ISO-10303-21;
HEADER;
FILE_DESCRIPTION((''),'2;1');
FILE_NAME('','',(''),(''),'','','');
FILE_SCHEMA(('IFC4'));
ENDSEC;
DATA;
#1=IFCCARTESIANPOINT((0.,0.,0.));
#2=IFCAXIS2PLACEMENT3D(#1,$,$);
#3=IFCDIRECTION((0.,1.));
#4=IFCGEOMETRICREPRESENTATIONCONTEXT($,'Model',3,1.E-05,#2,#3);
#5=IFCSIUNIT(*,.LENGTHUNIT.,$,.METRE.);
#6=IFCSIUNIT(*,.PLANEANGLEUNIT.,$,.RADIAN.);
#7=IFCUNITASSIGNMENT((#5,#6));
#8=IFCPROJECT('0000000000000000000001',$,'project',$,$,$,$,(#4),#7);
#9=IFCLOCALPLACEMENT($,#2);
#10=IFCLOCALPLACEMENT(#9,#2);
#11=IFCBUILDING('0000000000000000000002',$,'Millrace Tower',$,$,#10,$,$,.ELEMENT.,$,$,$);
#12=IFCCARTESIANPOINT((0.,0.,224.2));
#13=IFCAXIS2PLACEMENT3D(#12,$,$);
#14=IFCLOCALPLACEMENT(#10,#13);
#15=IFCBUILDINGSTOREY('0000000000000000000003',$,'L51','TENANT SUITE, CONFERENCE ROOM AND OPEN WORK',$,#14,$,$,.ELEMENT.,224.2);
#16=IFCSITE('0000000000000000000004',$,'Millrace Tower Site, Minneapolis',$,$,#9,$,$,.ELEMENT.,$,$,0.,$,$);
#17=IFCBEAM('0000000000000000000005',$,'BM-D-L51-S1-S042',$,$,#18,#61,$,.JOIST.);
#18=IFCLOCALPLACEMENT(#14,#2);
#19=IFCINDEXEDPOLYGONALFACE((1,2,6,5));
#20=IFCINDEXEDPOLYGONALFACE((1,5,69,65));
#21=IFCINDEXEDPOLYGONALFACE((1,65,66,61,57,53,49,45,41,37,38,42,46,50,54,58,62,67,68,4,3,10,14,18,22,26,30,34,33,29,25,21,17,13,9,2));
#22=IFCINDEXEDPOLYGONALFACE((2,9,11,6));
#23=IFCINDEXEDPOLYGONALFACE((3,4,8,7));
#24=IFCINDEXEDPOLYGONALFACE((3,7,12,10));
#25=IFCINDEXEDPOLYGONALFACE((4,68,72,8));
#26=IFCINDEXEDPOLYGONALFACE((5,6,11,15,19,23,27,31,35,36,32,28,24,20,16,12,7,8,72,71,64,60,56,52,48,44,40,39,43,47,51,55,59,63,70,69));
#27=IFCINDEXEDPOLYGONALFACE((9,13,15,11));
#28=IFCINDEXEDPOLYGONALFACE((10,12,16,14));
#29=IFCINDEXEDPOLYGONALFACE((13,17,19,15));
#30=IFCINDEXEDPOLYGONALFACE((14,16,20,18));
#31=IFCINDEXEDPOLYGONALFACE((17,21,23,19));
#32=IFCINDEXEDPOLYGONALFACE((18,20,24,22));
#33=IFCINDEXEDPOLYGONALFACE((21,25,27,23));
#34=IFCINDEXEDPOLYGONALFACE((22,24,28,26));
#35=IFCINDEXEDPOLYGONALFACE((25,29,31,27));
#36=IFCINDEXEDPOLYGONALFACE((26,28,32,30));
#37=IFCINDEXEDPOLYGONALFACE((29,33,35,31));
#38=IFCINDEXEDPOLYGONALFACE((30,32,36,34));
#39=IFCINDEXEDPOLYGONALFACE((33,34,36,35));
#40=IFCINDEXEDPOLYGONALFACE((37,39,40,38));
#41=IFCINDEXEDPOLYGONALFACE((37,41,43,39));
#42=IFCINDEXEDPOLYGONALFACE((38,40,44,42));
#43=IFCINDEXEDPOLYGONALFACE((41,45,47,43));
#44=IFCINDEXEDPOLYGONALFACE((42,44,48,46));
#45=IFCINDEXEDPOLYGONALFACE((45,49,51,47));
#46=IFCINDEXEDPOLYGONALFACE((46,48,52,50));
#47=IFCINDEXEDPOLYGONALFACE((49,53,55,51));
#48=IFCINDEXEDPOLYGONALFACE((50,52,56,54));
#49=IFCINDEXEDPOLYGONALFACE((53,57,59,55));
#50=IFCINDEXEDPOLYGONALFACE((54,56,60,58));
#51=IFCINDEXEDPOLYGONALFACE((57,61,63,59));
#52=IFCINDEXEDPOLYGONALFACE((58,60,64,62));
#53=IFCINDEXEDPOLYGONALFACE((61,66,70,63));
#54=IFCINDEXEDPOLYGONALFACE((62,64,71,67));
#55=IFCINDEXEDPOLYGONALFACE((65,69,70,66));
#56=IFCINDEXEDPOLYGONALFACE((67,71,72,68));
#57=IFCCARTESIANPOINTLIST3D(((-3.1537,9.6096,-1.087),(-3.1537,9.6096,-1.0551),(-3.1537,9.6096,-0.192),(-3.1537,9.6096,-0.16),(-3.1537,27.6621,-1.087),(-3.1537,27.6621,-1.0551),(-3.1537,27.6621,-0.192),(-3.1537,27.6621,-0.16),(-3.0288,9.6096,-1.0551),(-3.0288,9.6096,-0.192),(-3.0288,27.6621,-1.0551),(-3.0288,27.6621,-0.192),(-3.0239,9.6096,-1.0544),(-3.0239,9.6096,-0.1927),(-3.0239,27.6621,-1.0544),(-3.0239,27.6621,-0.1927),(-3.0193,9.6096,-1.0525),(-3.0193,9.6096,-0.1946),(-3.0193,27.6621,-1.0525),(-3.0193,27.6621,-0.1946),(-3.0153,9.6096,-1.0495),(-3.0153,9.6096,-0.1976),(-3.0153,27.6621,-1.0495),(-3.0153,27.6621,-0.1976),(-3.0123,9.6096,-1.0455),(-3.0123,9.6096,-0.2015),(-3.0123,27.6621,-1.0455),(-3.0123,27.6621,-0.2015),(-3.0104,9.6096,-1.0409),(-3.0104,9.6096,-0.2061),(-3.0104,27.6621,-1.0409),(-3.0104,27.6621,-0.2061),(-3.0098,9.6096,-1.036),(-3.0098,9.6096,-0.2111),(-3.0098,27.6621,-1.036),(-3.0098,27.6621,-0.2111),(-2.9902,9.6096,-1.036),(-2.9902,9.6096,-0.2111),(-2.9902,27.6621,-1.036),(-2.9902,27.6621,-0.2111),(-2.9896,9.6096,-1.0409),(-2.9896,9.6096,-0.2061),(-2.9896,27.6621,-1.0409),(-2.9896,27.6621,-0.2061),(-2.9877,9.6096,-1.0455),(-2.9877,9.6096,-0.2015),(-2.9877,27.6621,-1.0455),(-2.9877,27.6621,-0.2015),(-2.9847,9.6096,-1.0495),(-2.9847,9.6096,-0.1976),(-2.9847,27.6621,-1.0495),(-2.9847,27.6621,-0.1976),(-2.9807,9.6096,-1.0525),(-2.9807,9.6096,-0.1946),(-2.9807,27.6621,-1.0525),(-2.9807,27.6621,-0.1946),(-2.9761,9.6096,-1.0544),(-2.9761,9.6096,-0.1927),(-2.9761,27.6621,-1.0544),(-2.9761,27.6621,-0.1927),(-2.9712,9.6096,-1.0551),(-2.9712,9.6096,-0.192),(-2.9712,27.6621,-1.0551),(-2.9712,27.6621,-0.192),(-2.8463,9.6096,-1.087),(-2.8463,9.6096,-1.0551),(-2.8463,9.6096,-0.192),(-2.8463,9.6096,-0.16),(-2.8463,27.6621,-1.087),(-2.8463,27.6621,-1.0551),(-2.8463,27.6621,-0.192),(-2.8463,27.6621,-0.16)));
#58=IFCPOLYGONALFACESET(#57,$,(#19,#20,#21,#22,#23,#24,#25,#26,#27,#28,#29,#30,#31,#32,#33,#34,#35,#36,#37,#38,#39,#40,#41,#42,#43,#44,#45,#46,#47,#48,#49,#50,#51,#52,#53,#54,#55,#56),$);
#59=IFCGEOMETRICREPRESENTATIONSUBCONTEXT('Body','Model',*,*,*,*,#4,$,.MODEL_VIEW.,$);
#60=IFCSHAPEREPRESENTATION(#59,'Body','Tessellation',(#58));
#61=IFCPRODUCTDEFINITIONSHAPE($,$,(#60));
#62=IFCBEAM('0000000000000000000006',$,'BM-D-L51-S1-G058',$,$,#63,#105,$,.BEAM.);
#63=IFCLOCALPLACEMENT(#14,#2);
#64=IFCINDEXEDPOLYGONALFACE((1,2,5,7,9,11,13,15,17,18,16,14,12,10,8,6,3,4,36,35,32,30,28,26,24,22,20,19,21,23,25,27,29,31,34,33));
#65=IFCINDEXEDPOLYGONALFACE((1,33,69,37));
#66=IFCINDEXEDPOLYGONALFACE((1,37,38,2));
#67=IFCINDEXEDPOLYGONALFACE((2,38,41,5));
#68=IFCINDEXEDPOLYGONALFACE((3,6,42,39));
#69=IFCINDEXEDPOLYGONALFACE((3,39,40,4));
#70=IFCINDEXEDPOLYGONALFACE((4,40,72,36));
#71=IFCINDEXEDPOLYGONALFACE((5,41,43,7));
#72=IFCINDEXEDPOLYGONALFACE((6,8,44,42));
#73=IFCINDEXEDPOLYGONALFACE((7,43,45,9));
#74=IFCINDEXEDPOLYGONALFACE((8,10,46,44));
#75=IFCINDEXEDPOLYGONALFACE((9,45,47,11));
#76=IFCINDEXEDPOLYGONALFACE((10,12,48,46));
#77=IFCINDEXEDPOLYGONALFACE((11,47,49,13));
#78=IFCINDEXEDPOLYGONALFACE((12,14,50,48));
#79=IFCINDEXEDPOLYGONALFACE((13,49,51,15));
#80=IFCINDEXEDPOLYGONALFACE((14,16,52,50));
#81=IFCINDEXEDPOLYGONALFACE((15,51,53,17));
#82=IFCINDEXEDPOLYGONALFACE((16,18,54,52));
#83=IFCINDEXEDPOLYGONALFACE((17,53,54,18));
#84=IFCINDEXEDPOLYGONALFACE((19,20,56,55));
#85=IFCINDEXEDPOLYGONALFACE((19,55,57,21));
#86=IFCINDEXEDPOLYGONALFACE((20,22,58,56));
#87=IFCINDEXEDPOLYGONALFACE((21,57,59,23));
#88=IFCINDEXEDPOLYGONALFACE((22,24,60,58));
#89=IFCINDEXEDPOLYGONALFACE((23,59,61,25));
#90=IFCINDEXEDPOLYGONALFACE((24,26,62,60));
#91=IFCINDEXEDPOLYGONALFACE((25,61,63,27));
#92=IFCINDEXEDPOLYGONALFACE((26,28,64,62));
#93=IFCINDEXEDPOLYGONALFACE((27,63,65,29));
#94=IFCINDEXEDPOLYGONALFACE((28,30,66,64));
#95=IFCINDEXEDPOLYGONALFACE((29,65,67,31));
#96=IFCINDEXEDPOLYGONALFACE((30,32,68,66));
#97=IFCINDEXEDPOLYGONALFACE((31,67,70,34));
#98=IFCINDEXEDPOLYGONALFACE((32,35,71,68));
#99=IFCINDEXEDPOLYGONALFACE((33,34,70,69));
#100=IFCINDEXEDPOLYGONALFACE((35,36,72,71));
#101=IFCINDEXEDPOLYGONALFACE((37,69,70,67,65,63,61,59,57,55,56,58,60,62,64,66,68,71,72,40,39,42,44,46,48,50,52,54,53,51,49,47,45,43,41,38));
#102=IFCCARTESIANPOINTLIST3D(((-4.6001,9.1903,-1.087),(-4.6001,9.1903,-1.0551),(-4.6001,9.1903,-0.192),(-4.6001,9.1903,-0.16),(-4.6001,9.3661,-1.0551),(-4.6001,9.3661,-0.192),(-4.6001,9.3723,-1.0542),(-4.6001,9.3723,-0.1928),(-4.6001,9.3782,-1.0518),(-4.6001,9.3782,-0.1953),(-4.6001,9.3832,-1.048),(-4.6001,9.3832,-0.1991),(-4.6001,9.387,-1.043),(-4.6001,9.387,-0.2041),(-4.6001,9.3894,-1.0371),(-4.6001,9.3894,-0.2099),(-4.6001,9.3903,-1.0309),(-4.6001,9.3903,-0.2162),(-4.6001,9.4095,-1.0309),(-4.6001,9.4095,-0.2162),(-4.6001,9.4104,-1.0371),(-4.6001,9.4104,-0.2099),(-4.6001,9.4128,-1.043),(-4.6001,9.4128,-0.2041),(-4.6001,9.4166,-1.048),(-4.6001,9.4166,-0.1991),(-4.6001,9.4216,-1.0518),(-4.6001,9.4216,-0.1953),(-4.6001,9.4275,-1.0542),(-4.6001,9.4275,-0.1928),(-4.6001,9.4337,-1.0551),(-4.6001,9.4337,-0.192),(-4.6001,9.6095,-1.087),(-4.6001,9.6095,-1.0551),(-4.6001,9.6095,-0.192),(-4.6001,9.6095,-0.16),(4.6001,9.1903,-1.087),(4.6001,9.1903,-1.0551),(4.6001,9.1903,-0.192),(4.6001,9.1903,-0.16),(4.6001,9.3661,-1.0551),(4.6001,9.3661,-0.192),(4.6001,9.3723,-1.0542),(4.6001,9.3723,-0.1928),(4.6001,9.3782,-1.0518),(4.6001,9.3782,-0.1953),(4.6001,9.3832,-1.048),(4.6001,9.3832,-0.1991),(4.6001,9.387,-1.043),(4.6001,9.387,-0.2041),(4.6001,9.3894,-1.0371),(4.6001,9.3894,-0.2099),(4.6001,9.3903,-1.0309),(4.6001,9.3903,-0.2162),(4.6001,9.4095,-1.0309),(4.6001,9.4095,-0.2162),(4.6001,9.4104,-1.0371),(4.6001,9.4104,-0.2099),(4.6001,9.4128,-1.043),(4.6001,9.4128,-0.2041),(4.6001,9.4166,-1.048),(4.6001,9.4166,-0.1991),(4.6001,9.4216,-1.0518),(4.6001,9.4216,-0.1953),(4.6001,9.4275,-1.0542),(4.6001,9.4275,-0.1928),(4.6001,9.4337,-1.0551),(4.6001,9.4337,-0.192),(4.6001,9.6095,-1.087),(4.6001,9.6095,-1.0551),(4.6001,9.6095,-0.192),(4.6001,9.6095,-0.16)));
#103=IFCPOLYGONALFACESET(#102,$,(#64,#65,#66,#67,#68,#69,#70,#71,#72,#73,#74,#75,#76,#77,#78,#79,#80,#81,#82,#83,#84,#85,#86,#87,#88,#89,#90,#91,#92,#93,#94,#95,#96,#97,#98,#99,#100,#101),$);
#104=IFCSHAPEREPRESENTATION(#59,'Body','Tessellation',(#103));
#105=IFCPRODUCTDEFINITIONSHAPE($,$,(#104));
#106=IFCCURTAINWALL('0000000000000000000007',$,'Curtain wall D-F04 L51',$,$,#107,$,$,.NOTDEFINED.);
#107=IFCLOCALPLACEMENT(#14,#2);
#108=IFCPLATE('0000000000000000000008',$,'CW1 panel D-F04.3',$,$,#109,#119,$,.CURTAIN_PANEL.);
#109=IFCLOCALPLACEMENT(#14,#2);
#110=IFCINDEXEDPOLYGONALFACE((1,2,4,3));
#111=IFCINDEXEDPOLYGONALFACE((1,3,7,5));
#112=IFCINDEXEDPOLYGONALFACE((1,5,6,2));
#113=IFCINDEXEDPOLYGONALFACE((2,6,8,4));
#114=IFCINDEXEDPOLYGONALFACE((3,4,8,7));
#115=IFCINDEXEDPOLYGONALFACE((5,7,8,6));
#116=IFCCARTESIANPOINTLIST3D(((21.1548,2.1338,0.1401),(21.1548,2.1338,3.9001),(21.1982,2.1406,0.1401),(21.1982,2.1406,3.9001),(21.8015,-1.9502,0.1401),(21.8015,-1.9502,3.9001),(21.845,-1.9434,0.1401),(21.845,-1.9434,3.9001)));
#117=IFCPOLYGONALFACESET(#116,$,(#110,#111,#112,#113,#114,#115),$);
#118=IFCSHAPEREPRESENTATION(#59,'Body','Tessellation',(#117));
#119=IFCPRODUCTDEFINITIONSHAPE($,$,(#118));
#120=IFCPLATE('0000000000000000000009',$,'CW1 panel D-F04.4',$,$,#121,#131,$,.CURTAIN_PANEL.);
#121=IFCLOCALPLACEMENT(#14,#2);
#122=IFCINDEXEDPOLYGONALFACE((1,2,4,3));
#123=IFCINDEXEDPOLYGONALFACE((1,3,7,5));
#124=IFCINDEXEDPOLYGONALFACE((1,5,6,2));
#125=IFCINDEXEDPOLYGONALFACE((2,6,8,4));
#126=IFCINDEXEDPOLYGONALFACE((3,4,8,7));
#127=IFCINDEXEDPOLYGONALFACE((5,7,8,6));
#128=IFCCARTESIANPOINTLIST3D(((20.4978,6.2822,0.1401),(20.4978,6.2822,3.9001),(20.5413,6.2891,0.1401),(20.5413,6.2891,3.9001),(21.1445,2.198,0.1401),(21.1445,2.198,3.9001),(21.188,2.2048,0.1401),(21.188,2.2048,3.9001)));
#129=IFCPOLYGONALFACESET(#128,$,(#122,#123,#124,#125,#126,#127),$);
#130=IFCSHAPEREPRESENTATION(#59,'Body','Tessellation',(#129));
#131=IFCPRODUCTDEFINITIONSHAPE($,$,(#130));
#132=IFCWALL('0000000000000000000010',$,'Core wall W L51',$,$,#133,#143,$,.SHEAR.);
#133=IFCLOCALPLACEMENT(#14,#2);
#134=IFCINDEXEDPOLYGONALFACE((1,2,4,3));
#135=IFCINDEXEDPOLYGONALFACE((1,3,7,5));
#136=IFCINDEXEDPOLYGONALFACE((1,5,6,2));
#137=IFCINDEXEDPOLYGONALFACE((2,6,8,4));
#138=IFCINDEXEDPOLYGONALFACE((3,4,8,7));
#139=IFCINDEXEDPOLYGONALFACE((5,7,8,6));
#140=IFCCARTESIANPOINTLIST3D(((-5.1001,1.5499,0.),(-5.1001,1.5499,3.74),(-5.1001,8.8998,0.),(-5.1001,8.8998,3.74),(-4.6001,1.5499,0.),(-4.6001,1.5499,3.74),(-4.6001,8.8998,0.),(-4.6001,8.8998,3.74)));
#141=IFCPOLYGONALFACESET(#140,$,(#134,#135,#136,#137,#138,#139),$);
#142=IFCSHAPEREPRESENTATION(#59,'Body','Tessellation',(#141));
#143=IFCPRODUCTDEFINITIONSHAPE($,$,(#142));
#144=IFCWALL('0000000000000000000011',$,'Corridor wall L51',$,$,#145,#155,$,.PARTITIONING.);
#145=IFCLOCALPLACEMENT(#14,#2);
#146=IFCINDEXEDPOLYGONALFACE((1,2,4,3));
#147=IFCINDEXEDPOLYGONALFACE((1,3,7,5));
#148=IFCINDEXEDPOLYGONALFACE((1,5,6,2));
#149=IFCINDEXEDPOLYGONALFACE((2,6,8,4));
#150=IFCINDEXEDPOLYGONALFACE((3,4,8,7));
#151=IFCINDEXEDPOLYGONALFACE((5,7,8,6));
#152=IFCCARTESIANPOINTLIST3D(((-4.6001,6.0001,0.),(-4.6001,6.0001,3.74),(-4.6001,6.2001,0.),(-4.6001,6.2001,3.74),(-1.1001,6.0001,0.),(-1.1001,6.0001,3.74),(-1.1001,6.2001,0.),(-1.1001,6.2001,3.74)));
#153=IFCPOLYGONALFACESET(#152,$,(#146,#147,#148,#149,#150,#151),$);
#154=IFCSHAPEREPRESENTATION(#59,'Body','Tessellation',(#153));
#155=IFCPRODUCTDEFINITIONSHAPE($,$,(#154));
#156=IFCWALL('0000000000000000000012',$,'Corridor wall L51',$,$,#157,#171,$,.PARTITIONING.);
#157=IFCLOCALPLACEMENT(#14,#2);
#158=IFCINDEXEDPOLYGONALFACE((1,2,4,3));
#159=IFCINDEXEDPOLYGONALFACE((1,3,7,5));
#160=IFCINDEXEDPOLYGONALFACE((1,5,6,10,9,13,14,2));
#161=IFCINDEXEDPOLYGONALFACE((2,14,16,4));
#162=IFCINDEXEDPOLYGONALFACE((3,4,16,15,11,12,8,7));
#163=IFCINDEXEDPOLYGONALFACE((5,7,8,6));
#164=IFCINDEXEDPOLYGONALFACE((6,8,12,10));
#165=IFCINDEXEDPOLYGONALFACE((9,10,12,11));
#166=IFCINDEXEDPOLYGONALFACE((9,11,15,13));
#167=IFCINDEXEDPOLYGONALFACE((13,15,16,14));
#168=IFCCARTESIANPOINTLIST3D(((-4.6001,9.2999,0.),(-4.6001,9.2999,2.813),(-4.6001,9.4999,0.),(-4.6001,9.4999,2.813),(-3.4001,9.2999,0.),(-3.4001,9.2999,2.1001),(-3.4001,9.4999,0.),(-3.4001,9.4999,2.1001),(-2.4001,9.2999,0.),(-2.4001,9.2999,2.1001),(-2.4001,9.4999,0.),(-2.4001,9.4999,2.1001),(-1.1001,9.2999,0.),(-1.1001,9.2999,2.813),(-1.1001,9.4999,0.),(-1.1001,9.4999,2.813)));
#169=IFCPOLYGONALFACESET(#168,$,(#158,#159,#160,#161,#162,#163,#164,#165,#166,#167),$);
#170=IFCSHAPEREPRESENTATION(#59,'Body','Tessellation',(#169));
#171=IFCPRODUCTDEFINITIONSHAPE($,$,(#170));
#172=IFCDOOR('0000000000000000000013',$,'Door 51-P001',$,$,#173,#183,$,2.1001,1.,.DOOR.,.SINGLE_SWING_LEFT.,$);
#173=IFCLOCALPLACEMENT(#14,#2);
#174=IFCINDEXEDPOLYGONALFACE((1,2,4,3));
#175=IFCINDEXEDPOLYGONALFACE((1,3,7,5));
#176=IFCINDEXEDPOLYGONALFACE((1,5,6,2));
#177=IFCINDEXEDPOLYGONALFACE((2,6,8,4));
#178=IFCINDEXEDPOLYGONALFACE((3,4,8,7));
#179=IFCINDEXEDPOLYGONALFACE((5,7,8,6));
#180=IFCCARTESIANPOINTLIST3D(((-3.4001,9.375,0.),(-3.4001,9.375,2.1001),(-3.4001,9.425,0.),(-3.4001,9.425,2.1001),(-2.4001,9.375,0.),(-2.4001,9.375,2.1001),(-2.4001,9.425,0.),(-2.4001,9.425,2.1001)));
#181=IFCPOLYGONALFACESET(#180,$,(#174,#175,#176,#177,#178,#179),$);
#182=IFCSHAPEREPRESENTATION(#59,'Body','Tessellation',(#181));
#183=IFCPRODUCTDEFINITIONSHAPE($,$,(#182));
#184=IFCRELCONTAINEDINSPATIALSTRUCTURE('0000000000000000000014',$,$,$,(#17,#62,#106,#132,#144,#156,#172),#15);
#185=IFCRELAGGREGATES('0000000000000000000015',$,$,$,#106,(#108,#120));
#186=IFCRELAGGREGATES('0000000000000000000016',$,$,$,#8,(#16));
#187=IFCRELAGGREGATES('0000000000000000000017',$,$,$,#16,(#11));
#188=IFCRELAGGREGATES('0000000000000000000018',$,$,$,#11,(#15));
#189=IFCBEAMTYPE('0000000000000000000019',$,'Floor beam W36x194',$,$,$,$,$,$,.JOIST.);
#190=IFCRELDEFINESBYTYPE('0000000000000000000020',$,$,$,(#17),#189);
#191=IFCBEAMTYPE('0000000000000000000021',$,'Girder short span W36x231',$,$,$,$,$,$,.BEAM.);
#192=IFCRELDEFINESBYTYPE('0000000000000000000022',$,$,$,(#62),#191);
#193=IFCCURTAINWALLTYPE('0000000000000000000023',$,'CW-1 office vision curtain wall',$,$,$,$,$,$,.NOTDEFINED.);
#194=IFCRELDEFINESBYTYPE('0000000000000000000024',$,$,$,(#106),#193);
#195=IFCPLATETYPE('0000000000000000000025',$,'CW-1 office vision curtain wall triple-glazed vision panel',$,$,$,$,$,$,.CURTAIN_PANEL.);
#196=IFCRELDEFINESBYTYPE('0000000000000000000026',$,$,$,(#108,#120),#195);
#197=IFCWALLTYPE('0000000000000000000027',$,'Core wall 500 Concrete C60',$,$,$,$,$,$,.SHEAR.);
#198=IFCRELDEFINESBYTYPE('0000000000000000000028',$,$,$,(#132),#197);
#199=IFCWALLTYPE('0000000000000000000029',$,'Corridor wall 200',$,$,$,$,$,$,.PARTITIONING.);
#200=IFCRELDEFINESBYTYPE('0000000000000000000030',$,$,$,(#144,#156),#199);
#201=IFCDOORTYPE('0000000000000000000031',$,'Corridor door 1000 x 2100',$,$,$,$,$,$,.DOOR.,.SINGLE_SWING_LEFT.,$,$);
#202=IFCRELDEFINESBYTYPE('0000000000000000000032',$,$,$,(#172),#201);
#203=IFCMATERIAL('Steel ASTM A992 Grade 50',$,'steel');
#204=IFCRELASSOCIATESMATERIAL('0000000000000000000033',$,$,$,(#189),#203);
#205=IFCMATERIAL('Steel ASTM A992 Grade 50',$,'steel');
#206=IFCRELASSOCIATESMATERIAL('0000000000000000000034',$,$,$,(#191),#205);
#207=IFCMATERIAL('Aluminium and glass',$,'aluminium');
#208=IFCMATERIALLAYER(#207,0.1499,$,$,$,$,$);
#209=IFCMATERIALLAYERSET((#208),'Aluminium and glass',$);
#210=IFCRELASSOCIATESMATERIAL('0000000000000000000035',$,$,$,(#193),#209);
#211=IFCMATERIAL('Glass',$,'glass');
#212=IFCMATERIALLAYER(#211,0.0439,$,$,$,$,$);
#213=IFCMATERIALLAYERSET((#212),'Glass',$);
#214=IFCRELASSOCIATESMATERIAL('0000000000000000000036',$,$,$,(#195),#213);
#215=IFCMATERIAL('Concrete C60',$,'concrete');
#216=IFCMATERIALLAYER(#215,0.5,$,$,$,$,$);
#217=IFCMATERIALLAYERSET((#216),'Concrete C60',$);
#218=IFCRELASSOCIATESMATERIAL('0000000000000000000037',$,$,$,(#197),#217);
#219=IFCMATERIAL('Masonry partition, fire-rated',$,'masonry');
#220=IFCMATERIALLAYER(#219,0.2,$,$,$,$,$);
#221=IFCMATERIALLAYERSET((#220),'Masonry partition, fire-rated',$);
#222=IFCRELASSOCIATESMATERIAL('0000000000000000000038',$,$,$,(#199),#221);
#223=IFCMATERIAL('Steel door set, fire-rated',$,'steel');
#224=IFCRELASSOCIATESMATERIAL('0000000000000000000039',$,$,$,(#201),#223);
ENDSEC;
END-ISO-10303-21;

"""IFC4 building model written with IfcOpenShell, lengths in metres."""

from ifc_helpers import new_model, si_unit, direction, frame, frame_2d, origin, origin_2d, place, context, subcontext, project, spatial, polyline, rectangle, i_section, outline, extrude, material, layer, layer_set, material_profile, profile_set, type_object, element, fill, aggregate, save


model = new_model("IFC4")

# Units and contexts
model_context = context("Model", 3, precision=1e-05, world=origin(), true_north=direction((0.0, 1.0)))
body_context = subcontext(model_context, "Body", "Model", "MODEL_VIEW")
ifc_project = project(units=[si_unit("LENGTHUNIT", "METRE"), si_unit("PLANEANGLEUNIT", "RADIAN")], contexts=[model_context])

# Site, building, storey
site_placement = place(None, origin())
site = spatial("IfcSite", under=ifc_project, at=site_placement, Name="Millrace Tower Site, Minneapolis", CompositionType="ELEMENT", RefElevation=0.0)
building_placement = place(site_placement, origin())
building = spatial("IfcBuilding", under=site, at=building_placement, Name="Millrace Tower", CompositionType="ELEMENT")
storey_placement = place(building_placement, frame((0.0, 0.0, 224.2)))
storey = spatial("IfcBuildingStorey", under=building, at=storey_placement, Name="L51", Description="TENANT SUITE, CONFERENCE ROOM AND OPEN WORK", CompositionType="ELEMENT", Elevation=224.2)

# Beams
ifc_material_1 = material(Name="Steel ASTM A992 Grade 50", Category="steel")
ifc_material_profile_1 = material_profile(ifc_material_1, i_section(OverallWidth=0.3074, OverallDepth=0.927, WebThickness=0.0195, FlangeThickness=0.032, FilletRadius=0.019, at=origin_2d()))
ifc_profile_set_1 = profile_set([ifc_material_profile_1], Name="Steel ASTM A992 Grade 50")
beam_type_1 = type_object("IfcBeamType", Name="Floor beam W36x194", PredefinedType="JOIST", material=ifc_profile_set_1)
beam_1_placement = place(storey_placement, frame((-3.0, 9.6096, -0.6235), z_axis=(0.0, 1.0, 0.0), x_axis=(-1.0, 0.0, 0.0)))
element("IfcBeam", 1, at=beam_1_placement, inside=storey, type_object=beam_type_1, Name="BM-D-L51-S1-S042", PredefinedType="JOIST", context=body_context, shape_type="SweptSolid", body=[
    extrude(i_section(OverallWidth=0.3074, OverallDepth=0.927, WebThickness=0.0195, FlangeThickness=0.032, FilletRadius=0.019, at=origin_2d()), origin(), (0.0, 0.0, 1.0), 18.0525),
])
ifc_material_2 = material(Name="Steel ASTM A992 Grade 50", Category="steel")
ifc_material_profile_2 = material_profile(ifc_material_2, i_section(OverallWidth=0.4192, OverallDepth=0.927, WebThickness=0.0193, FlangeThickness=0.032, FilletRadius=0.0242, at=origin_2d()))
ifc_profile_set_2 = profile_set([ifc_material_profile_2], Name="Steel ASTM A992 Grade 50")
beam_type_2 = type_object("IfcBeamType", Name="Girder short span W36x231", PredefinedType="BEAM", material=ifc_profile_set_2)
beam_2_placement = place(storey_placement, frame((-4.6001, 9.3999, -0.6235), z_axis=(1.0, 0.0, 0.0), x_axis=(0.0, 1.0, 0.0)))
element("IfcBeam", 2, at=beam_2_placement, inside=storey, type_object=beam_type_2, Name="BM-D-L51-S1-G058", PredefinedType="BEAM", context=body_context, shape_type="SweptSolid", body=[
    extrude(i_section(OverallWidth=0.4192, OverallDepth=0.927, WebThickness=0.0193, FlangeThickness=0.032, FilletRadius=0.0242, at=origin_2d()), origin(), (0.0, 0.0, 1.0), 9.2002),
])

# Curtain wall, plates
ifc_material_3 = material(Name="Aluminium and glass", Category="aluminium")
ifc_layer_1 = layer(ifc_material_3, 0.1499)
ifc_layer_set_1 = layer_set([ifc_layer_1], Name="Aluminium and glass")
curtain_wall_type = type_object("IfcCurtainWallType", Name="CW-1 office vision curtain wall", PredefinedType="NOTDEFINED", material=ifc_layer_set_1)
placement_1 = place(storey_placement, origin())
curtain_wall = element("IfcCurtainWall", 3, at=placement_1, inside=storey, type_object=curtain_wall_type, Name="Curtain wall D-F04 L51", PredefinedType="NOTDEFINED")
ifc_material_4 = material(Name="Glass", Category="glass")
ifc_layer_2 = layer(ifc_material_4, 0.0439)
ifc_layer_set_2 = layer_set([ifc_layer_2], Name="Glass")
plate_type = type_object("IfcPlateType", Name="CW-1 office vision curtain wall triple-glazed vision panel", PredefinedType="CURTAIN_PANEL", material=ifc_layer_set_2)
placement_2 = place(storey_placement, frame((0.0, 0.0, 0.1401)))
plate_1 = element("IfcPlate", 4, at=placement_2, type_object=plate_type, Name="CW1 panel D-F04.3", PredefinedType="CURTAIN_PANEL", context=body_context, shape_type="SweptSolid", body=[
    extrude(outline(polyline([(21.845, -1.9434), (21.1982, 2.1406), (21.1548, 2.1338), (21.8015, -1.9502), (21.845, -1.9434)])), origin(), (0.0, 0.0, 1.0), 3.76),
])
plate_2 = element("IfcPlate", 5, at=placement_2, type_object=plate_type, Name="CW1 panel D-F04.4", PredefinedType="CURTAIN_PANEL", context=body_context, shape_type="SweptSolid", body=[
    extrude(outline(polyline([(21.188, 2.2048), (20.5413, 6.2891), (20.4978, 6.2822), (21.1445, 2.198), (21.188, 2.2048)])), origin(), (0.0, 0.0, 1.0), 3.76),
])
aggregate(curtain_wall, [plate_1, plate_2])

# Walls
ifc_material_5 = material(Name="Concrete C60", Category="concrete")
ifc_layer_3 = layer(ifc_material_5, 0.5)
ifc_layer_set_3 = layer_set([ifc_layer_3], Name="Concrete C60")
wall_type_1 = type_object("IfcWallType", Name="Core wall 500 Concrete C60", PredefinedType="SHEAR", material=ifc_layer_set_3)
wall_1_placement = place(storey_placement, frame((-4.8501, 1.55, 0.0), z_axis=(0.0, 0.0, 1.0), x_axis=(0.0, 1.0, 0.0)))
element("IfcWall", 6, at=wall_1_placement, inside=storey, type_object=wall_type_1, Name="Core wall W L51", PredefinedType="SHEAR", context=body_context, shape_type="SweptSolid", body=[
    extrude(rectangle(XDim=7.3499, YDim=0.5, at=frame_2d((3.6748, 0.0))), origin(), (0.0, 0.0, 1.0), 3.74),
])
ifc_material_6 = material(Name="Masonry partition, fire-rated", Category="masonry")
ifc_layer_4 = layer(ifc_material_6, 0.2)
ifc_layer_set_4 = layer_set([ifc_layer_4], Name="Masonry partition, fire-rated")
wall_type_2 = type_object("IfcWallType", Name="Corridor wall 200", PredefinedType="PARTITIONING", material=ifc_layer_set_4)
wall_2_placement = place(storey_placement, frame((-4.6001, 6.1001, 0.0), z_axis=(0.0, 0.0, 1.0), x_axis=(1.0, 0.0, 0.0)))
element("IfcWall", 7, at=wall_2_placement, inside=storey, type_object=wall_type_2, Name="Corridor wall L51", PredefinedType="PARTITIONING", context=body_context, shape_type="SweptSolid", body=[
    extrude(rectangle(XDim=3.5, YDim=0.2, at=frame_2d((1.75, 0.0))), origin(), (0.0, 0.0, 1.0), 3.74),
])

# Wall, opening, door
wall_3_placement = place(storey_placement, frame((-4.6001, 9.3999, 0.0), z_axis=(0.0, 0.0, 1.0), x_axis=(1.0, 0.0, 0.0)))
wall_3 = element("IfcWall", 8, at=wall_3_placement, inside=storey, type_object=wall_type_2, Name="Corridor wall L51", PredefinedType="PARTITIONING", context=body_context, shape_type="SweptSolid", body=[
    extrude(rectangle(XDim=3.5, YDim=0.2, at=frame_2d((1.75, 0.0))), origin(), (0.0, 0.0, 1.0), 2.813),
])
opening_1_placement = place(wall_3_placement, frame((1.2, 0.0, 0.0)))
opening_1 = element("IfcOpeningElement", 9, at=opening_1_placement, cuts=wall_3, PredefinedType="OPENING", context=body_context, shape_type="SweptSolid", body=[
    extrude(rectangle(XDim=1.0, YDim=2.1001, at=frame_2d((0.5, 1.05))), frame((0.0, 0.1099, 0.0), z_axis=(0.0, -1.0, 0.0), x_axis=(1.0, 0.0, 0.0)), (0.0, 0.0, 1.0), 0.22),
])
ifc_material_7 = material(Name="Steel door set, fire-rated", Category="steel")
door_type_1 = type_object("IfcDoorType", Name="Corridor door 1000 x 2100", OperationType="SINGLE_SWING_LEFT", PredefinedType="DOOR", material=ifc_material_7)
door_1_placement = place(opening_1_placement, frame((1.0, 0.0, 0.0), z_axis=(0.0, 0.0, 1.0), x_axis=(-1.0, 0.0, 0.0)))
door_1 = element("IfcDoor", 10, at=door_1_placement, inside=storey, type_object=door_type_1, Name="Door 51-P001", OperationType="SINGLE_SWING_LEFT", OverallHeight=2.1001, OverallWidth=1.0, PredefinedType="DOOR", context=body_context, shape_type="SweptSolid", body=[
    extrude(rectangle(XDim=1.0, YDim=2.1001, at=frame_2d((0.5, 1.05))), frame((0.0, 0.0249, 0.0), z_axis=(0.0, -1.0, 0.0), x_axis=(1.0, 0.0, 0.0)), (0.0, 0.0, 1.0), 0.05),
])
fill(opening_1, door_1)

save(model, "model.ifc")
